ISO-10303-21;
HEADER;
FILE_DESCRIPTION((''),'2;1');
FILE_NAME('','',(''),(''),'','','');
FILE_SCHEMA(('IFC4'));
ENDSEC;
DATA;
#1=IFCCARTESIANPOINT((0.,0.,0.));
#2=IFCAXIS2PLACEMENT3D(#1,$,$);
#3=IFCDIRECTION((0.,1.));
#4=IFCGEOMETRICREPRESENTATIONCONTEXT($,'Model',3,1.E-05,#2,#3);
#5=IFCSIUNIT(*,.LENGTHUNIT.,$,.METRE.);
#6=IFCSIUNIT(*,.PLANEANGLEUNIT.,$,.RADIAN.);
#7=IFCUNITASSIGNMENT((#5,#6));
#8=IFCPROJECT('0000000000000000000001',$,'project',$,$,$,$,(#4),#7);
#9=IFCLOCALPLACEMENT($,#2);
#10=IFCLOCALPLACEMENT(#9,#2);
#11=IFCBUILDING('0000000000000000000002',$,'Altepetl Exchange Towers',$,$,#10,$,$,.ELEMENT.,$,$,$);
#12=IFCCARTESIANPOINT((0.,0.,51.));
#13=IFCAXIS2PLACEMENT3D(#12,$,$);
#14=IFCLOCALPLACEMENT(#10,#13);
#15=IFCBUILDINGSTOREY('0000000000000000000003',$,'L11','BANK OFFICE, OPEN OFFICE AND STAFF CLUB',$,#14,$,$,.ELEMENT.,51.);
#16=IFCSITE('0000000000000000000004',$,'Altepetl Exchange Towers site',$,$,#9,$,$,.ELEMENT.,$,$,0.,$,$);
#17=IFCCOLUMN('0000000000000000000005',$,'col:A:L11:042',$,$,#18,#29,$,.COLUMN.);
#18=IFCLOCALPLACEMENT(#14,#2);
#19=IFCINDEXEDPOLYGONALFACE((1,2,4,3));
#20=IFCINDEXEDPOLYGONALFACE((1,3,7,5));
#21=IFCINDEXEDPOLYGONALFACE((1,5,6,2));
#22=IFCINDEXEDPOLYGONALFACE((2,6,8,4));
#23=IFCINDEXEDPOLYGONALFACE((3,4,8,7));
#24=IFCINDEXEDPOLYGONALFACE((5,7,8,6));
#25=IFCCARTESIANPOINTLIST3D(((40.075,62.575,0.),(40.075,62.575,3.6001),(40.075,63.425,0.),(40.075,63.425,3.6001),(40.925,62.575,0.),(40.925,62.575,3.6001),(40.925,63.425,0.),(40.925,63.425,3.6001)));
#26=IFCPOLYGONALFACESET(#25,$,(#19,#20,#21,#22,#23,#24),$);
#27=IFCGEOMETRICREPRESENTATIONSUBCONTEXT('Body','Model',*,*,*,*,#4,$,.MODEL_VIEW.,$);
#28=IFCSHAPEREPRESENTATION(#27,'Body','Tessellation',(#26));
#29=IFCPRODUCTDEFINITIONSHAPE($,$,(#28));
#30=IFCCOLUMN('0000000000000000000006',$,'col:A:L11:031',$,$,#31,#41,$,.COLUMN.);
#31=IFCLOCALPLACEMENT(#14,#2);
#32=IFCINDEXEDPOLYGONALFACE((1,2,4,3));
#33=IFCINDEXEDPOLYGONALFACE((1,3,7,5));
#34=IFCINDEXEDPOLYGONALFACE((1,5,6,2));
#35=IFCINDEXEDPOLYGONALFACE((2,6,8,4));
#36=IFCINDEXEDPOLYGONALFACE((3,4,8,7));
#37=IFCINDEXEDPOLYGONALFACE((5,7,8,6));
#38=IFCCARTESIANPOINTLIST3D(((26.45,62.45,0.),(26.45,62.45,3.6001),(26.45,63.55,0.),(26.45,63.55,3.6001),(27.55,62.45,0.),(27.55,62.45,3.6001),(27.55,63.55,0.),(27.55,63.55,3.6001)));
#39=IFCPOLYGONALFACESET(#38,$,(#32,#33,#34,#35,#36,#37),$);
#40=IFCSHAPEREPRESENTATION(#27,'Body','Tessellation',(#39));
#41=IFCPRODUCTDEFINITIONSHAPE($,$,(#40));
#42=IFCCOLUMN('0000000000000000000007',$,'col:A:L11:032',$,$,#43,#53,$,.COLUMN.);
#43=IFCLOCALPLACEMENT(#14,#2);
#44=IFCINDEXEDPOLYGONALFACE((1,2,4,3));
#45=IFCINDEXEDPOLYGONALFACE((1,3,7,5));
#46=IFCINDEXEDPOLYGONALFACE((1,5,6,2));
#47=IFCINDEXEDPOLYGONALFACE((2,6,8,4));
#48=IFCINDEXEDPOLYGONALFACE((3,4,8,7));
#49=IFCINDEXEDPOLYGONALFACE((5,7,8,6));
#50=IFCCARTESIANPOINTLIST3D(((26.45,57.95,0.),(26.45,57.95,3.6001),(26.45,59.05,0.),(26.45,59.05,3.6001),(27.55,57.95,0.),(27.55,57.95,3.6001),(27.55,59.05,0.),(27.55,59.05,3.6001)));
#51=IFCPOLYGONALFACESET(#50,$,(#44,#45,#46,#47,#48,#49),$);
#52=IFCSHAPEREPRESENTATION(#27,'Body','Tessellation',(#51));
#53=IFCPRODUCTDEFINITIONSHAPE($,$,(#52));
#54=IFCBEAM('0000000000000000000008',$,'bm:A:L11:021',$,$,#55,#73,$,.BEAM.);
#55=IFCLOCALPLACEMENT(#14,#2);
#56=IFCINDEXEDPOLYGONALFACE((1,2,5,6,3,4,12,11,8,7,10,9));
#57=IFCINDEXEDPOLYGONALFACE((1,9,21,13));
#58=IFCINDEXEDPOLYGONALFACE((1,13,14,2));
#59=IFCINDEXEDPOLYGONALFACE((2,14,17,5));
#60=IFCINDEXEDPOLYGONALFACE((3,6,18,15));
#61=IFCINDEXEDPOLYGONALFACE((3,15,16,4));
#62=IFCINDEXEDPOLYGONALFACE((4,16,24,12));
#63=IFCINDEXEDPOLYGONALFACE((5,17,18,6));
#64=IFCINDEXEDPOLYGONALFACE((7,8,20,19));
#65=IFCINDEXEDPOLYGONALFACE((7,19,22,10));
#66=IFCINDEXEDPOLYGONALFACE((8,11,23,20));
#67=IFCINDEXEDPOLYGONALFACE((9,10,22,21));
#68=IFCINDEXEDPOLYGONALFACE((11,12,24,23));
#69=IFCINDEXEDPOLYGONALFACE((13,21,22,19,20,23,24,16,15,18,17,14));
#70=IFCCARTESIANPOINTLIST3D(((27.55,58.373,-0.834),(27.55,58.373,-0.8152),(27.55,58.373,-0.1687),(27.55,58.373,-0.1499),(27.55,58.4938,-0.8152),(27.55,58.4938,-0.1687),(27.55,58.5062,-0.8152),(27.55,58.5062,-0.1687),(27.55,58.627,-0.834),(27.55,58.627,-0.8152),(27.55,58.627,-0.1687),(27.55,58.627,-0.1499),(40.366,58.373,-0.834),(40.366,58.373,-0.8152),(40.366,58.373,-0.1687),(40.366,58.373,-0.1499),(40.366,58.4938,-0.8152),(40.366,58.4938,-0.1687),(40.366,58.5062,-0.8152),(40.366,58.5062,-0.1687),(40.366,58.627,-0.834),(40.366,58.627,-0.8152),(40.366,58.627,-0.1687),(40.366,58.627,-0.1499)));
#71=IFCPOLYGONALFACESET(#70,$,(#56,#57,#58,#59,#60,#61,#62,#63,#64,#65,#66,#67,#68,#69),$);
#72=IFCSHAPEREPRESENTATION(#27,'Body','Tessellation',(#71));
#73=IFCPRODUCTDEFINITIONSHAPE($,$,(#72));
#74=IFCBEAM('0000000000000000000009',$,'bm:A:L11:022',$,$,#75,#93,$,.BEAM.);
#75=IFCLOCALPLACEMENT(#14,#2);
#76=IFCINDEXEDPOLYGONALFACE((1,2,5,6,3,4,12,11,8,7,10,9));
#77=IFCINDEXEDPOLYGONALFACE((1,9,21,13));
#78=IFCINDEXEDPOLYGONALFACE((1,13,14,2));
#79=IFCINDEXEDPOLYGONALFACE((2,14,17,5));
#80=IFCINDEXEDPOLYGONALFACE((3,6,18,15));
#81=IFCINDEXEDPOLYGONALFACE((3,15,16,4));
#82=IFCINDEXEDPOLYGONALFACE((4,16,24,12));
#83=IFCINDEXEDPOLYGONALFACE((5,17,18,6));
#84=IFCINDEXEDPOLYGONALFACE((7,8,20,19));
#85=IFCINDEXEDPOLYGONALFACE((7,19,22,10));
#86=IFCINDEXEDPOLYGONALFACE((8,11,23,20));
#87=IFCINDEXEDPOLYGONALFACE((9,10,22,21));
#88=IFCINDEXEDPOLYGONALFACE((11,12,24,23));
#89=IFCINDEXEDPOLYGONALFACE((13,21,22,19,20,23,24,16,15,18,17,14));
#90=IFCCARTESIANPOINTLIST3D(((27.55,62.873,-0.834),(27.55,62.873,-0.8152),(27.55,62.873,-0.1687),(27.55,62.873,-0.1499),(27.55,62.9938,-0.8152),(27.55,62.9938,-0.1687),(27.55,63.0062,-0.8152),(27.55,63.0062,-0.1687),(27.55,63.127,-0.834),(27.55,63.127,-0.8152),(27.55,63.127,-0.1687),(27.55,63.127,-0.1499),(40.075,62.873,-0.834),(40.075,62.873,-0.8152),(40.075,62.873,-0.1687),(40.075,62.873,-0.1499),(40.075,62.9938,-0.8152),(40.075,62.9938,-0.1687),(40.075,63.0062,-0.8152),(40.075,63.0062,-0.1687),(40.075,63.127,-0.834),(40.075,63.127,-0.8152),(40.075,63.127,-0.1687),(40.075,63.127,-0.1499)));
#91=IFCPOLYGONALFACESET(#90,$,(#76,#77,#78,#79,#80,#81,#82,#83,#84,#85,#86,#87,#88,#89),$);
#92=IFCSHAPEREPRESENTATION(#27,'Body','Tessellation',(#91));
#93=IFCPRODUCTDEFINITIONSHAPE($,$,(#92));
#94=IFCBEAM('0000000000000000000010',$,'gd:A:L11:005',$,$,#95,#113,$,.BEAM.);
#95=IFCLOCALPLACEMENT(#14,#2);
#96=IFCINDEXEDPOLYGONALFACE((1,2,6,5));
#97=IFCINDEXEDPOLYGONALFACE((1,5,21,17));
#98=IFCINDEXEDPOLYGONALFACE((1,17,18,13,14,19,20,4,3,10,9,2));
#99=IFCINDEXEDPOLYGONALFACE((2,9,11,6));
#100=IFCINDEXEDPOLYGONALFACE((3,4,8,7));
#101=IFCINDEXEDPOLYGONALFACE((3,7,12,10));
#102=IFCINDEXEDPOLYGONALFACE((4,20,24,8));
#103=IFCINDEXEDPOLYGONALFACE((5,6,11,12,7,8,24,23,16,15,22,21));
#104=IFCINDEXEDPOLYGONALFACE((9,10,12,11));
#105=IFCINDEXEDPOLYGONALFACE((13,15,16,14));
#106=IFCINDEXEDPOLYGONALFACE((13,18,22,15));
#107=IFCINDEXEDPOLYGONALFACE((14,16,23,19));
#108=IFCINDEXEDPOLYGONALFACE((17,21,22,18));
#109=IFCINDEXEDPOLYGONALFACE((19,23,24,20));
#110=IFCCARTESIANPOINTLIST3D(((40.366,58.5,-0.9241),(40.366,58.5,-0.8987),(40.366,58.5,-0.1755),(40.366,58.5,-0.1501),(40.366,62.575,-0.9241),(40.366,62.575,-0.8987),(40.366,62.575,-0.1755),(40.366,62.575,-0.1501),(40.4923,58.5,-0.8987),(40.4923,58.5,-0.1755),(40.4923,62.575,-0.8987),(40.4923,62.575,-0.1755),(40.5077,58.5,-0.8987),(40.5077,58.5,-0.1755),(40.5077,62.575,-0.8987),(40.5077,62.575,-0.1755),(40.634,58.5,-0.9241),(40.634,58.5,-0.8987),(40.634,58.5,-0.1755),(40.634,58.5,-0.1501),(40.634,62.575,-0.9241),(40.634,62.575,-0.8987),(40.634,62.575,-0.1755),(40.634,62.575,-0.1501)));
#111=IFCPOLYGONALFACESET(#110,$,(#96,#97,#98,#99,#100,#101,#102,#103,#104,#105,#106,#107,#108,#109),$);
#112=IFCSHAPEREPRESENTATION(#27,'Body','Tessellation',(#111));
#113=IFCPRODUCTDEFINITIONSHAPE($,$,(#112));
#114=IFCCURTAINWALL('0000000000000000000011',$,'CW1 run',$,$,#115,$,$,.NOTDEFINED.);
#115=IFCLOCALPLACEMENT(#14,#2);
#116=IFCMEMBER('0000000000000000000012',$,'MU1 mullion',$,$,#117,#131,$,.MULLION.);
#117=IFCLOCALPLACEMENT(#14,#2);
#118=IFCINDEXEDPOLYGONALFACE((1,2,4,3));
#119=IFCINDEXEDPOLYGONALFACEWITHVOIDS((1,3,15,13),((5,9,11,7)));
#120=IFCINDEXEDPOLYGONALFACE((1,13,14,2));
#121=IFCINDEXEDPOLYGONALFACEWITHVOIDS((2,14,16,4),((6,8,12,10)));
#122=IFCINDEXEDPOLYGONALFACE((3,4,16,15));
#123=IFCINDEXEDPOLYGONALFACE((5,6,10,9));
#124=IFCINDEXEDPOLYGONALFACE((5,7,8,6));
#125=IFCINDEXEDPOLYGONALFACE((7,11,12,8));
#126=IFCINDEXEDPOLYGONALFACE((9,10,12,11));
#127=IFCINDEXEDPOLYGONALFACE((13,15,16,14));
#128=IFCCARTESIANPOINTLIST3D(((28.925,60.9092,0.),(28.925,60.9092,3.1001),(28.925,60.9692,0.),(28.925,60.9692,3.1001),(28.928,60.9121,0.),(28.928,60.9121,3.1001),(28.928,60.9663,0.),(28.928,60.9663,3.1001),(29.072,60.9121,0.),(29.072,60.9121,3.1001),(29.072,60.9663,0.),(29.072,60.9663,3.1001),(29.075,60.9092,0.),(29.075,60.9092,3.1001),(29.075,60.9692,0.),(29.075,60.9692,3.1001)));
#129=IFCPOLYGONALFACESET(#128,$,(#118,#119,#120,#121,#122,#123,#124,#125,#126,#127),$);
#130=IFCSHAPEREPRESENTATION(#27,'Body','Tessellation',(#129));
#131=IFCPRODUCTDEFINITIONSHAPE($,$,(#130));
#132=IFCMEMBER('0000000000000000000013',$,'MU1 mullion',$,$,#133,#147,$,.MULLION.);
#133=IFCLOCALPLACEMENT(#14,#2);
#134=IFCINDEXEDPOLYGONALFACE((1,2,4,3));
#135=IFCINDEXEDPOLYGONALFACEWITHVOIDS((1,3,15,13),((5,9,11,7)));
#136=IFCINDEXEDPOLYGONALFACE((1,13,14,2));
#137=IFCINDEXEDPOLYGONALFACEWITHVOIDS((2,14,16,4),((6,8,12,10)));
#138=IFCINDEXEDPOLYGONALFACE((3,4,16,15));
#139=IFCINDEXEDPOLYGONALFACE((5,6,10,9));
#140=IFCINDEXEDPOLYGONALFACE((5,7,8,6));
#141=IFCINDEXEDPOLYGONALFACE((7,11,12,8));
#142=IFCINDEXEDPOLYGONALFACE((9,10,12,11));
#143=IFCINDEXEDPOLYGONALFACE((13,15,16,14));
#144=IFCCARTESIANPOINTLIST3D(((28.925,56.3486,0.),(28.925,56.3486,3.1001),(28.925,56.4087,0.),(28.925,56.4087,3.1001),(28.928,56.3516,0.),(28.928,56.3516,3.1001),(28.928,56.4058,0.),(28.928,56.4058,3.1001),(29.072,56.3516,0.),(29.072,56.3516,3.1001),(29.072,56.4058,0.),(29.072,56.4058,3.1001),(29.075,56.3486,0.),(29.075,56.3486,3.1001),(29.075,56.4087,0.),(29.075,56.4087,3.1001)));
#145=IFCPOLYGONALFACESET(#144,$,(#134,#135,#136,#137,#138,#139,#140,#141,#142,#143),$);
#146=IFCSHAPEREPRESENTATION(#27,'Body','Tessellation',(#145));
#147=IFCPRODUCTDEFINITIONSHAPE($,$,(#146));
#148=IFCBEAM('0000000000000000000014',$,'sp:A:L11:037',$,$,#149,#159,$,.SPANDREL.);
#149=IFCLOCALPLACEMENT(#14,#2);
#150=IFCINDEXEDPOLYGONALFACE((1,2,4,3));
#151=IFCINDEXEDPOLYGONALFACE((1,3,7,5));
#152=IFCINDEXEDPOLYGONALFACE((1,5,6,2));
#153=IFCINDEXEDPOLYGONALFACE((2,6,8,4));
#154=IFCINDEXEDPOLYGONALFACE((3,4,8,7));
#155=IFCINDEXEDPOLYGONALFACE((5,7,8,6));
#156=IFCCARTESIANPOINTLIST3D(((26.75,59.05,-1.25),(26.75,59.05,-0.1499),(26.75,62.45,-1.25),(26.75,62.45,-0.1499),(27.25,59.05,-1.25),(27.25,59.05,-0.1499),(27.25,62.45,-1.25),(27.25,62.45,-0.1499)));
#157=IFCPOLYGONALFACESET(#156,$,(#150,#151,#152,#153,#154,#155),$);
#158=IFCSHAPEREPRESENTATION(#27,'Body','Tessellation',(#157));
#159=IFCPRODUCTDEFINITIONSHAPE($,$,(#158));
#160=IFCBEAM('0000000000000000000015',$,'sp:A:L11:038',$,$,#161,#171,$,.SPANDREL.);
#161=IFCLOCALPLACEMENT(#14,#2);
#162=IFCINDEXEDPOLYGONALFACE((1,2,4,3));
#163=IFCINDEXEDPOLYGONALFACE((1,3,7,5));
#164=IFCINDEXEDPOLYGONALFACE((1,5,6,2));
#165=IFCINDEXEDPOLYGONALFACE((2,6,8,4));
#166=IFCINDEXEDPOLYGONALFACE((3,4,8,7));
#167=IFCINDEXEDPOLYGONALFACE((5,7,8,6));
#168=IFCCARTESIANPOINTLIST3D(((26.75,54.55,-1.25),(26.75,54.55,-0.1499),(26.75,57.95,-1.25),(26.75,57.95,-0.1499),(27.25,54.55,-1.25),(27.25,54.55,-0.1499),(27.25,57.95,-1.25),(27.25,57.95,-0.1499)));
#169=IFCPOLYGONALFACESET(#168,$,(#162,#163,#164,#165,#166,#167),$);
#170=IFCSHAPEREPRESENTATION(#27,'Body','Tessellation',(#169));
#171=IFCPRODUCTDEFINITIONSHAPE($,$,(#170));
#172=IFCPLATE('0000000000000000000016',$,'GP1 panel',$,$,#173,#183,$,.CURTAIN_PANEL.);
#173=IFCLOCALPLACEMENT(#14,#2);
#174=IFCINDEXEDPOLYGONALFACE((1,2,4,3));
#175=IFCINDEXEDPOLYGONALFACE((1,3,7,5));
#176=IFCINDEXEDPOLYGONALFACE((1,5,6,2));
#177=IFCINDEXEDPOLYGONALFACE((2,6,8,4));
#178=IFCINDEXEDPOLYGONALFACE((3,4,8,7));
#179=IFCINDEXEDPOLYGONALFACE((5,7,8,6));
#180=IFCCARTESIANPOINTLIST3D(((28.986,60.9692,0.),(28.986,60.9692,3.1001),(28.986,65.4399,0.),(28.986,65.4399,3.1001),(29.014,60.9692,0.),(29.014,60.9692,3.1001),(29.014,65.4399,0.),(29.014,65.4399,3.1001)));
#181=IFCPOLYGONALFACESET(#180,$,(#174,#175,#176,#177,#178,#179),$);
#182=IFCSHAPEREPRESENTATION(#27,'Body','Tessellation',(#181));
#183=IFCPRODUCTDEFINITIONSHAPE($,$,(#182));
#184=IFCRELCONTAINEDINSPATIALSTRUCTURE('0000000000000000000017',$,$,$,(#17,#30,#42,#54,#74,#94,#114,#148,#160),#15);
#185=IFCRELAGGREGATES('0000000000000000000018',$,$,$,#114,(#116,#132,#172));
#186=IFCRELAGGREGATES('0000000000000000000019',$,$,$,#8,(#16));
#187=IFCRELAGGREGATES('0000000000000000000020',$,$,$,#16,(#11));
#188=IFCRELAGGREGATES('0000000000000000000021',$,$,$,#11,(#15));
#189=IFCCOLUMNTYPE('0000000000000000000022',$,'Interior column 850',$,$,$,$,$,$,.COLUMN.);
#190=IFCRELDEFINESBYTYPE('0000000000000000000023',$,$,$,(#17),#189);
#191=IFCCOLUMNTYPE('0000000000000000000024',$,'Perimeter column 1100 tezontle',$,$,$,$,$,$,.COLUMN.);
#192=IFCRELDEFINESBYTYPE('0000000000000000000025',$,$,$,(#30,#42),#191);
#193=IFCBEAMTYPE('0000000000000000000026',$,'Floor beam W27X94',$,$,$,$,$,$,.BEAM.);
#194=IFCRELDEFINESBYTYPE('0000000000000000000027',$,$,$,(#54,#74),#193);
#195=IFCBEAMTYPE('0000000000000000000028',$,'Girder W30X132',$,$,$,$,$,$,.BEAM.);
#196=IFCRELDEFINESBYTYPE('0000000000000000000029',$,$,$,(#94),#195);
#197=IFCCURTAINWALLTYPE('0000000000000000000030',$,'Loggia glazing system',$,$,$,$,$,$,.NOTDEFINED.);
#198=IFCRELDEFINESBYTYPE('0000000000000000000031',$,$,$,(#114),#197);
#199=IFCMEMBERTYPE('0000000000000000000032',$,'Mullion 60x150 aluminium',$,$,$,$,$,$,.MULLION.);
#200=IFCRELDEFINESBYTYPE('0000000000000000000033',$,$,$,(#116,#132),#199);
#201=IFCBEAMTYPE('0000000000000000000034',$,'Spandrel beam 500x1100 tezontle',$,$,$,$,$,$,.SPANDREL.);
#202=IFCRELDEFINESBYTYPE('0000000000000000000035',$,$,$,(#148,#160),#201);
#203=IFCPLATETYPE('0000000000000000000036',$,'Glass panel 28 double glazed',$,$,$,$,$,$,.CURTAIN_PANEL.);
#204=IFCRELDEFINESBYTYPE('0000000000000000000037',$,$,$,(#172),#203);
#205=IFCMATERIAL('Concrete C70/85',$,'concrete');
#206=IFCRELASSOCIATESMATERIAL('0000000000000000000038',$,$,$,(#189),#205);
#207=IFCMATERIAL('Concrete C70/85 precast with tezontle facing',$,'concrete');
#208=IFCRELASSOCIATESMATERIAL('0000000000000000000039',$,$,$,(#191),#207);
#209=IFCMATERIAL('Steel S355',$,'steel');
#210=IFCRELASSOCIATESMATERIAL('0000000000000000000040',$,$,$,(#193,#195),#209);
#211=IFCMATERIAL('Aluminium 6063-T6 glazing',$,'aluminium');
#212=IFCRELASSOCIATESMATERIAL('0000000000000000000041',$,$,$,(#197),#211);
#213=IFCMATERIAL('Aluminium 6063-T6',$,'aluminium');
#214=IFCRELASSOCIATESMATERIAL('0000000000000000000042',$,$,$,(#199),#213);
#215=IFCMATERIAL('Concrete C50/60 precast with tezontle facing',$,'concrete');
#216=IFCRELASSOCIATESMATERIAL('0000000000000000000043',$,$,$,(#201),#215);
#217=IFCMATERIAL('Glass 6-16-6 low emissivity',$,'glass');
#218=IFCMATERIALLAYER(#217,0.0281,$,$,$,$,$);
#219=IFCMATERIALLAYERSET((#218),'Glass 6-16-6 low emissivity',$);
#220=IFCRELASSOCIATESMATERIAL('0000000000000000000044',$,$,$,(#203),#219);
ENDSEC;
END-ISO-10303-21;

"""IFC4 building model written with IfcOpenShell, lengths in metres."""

from ifc_helpers import new_model, si_unit, direction, frame, origin, origin_2d, place, context, subcontext, project, spatial, rectangle, hollow_rectangle, i_section, extrude, material, layer, layer_set, material_profile, profile_set, type_object, element, aggregate, save


model = new_model("IFC4")

# Units and contexts
model_context = context("Model", 3, precision=1e-05, world=origin(), true_north=direction((0.0, 1.0)))
body_context = subcontext(model_context, "Body", "Model", "MODEL_VIEW")
ifc_project = project(units=[si_unit("LENGTHUNIT", "METRE"), si_unit("PLANEANGLEUNIT", "RADIAN")], contexts=[model_context])

# Site, building, storey
site_placement = place(None, origin())
site = spatial("IfcSite", under=ifc_project, at=site_placement, Name="Altepetl Exchange Towers site", CompositionType="ELEMENT", RefElevation=0.0)
building_placement = place(site_placement, origin())
building = spatial("IfcBuilding", under=site, at=building_placement, Name="Altepetl Exchange Towers", CompositionType="ELEMENT")
storey_placement = place(building_placement, frame((0.0, 0.0, 51.0)))
storey = spatial("IfcBuildingStorey", under=building, at=storey_placement, Name="L11", Description="BANK OFFICE, OPEN OFFICE AND STAFF CLUB", CompositionType="ELEMENT", Elevation=51.0)

# Columns
ifc_material_1 = material(Name="Concrete C70/85", Category="concrete")
ifc_material_profile_1 = material_profile(ifc_material_1, rectangle(XDim=0.8501, YDim=0.8501, at=origin_2d()), Name="850 x 850")
ifc_profile_set_1 = profile_set([ifc_material_profile_1], Name="Concrete C70/85")
column_type_1 = type_object("IfcColumnType", Name="Interior column 850", PredefinedType="COLUMN", material=ifc_profile_set_1)
column_placement = place(storey_placement, frame((40.5, 63.0, 0.0)))
element("IfcColumn", 1, at=column_placement, inside=storey, type_object=column_type_1, Name="col:A:L11:042", PredefinedType="COLUMN", context=body_context, shape_type="SweptSolid", body=[
    extrude(rectangle(XDim=0.8501, YDim=0.8501, at=origin_2d()), origin(), (0.0, 0.0, 1.0), 3.6001),
])
ifc_material_2 = material(Name="Concrete C70/85 precast with tezontle facing", Category="concrete")
ifc_material_profile_2 = material_profile(ifc_material_2, rectangle(XDim=1.1001, YDim=1.1001, at=origin_2d()), Name="1100 x 1100")
ifc_profile_set_2 = profile_set([ifc_material_profile_2], Name="Concrete C70/85 precast with tezontle facing")
column_type_2 = type_object("IfcColumnType", Name="Perimeter column 1100 tezontle", PredefinedType="COLUMN", material=ifc_profile_set_2)
for number, where, name in (
    (2, (27.0, 63.0, 0.0), "col:A:L11:031"),
    (3, (27.0, 58.5, 0.0), "col:A:L11:032"),
):
    element("IfcColumn", number, at=place(storey_placement, frame(where)), inside=storey, type_object=column_type_2, Name=name, PredefinedType="COLUMN", context=body_context, shape_type="SweptSolid", body=[
        extrude(rectangle(XDim=1.1001, YDim=1.1001, at=origin_2d()), origin(), (0.0, 0.0, 1.0), 3.6001),
    ])

# Beams
ifc_material_3 = material(Name="Steel S355", Category="steel")
ifc_material_profile_3 = material_profile(ifc_material_3, i_section(OverallWidth=0.2539, OverallDepth=0.6841, WebThickness=0.0125, FlangeThickness=0.0188, at=origin_2d()), Name="W27X94")
ifc_profile_set_3 = profile_set([ifc_material_profile_3], Name="Steel S355")
beam_type_1 = type_object("IfcBeamType", Name="Floor beam W27X94", PredefinedType="BEAM", material=ifc_profile_set_3)
beam_1_placement = place(storey_placement, frame((27.55, 58.5, -0.4919), z_axis=(1.0, 0.0, 0.0), x_axis=(0.0, 1.0, 0.0)))
element("IfcBeam", 4, at=beam_1_placement, inside=storey, type_object=beam_type_1, Name="bm:A:L11:021", PredefinedType="BEAM", context=body_context, shape_type="SweptSolid", body=[
    extrude(i_section(OverallWidth=0.2539, OverallDepth=0.6841, WebThickness=0.0125, FlangeThickness=0.0188, at=origin_2d()), origin(), (0.0, 0.0, 1.0), 12.8159),
])
beam_2_placement = place(storey_placement, frame((27.55, 63.0, -0.4919), z_axis=(1.0, 0.0, 0.0), x_axis=(0.0, 1.0, 0.0)))
element("IfcBeam", 5, at=beam_2_placement, inside=storey, type_object=beam_type_1, Name="bm:A:L11:022", PredefinedType="BEAM", context=body_context, shape_type="SweptSolid", body=[
    extrude(i_section(OverallWidth=0.2539, OverallDepth=0.6841, WebThickness=0.0125, FlangeThickness=0.0188, at=origin_2d()), origin(), (0.0, 0.0, 1.0), 12.5249),
])
ifc_material_profile_4 = material_profile(ifc_material_3, i_section(OverallWidth=0.2681, OverallDepth=0.7739, WebThickness=0.0154, FlangeThickness=0.0254, at=origin_2d()), Name="W30X132")
ifc_profile_set_4 = profile_set([ifc_material_profile_4], Name="Steel S355")
beam_type_2 = type_object("IfcBeamType", Name="Girder W30X132", PredefinedType="BEAM", material=ifc_profile_set_4)
beam_3_placement = place(storey_placement, frame((40.5, 62.575, -0.5371), z_axis=(0.0, -1.0, 0.0), x_axis=(1.0, 0.0, 0.0)))
element("IfcBeam", 6, at=beam_3_placement, inside=storey, type_object=beam_type_2, Name="gd:A:L11:005", PredefinedType="BEAM", context=body_context, shape_type="SweptSolid", body=[
    extrude(i_section(OverallWidth=0.2681, OverallDepth=0.7739, WebThickness=0.0154, FlangeThickness=0.0254, at=origin_2d()), origin(), (0.0, 0.0, 1.0), 4.075),
])

# Curtain wall, members
ifc_material_4 = material(Name="Aluminium 6063-T6 glazing", Category="aluminium")
curtain_wall_type = type_object("IfcCurtainWallType", Name="Loggia glazing system", PredefinedType="NOTDEFINED", material=ifc_material_4)
curtain_wall_placement = place(storey_placement, origin())
curtain_wall = element("IfcCurtainWall", 7, at=curtain_wall_placement, inside=storey, type_object=curtain_wall_type, Name="CW1 run", PredefinedType="NOTDEFINED")
ifc_material_5 = material(Name="Aluminium 6063-T6", Category="aluminium")
ifc_material_profile_5 = material_profile(ifc_material_5, hollow_rectangle(XDim=0.0601, YDim=0.1499, WallThickness=0.0029, at=origin_2d()), Name="Mullion 60x150 aluminium")
ifc_profile_set_5 = profile_set([ifc_material_profile_5], Name="Aluminium 6063-T6")
member_type = type_object("IfcMemberType", Name="Mullion 60x150 aluminium", PredefinedType="MULLION", material=ifc_profile_set_5)
member_1_placement = place(storey_placement, frame((29.0, 60.9392, 0.0), z_axis=(0.0, 0.0, 1.0), x_axis=(0.0, -1.0, 0.0)))
member_1 = element("IfcMember", 8, at=member_1_placement, type_object=member_type, Name="MU1 mullion", PredefinedType="MULLION", context=body_context, shape_type="SweptSolid", body=[
    extrude(hollow_rectangle(XDim=0.0601, YDim=0.1499, WallThickness=0.0029, at=origin_2d()), origin(), (0.0, 0.0, 1.0), 3.1001),
])
member_2_placement = place(storey_placement, frame((29.0, 56.3787, 0.0), z_axis=(0.0, 0.0, 1.0), x_axis=(0.0, -1.0, 0.0)))
member_2 = element("IfcMember", 9, at=member_2_placement, type_object=member_type, Name="MU1 mullion", PredefinedType="MULLION", context=body_context, shape_type="SweptSolid", body=[
    extrude(hollow_rectangle(XDim=0.0601, YDim=0.1499, WallThickness=0.0029, at=origin_2d()), origin(), (0.0, 0.0, 1.0), 3.1001),
])

# Beams
ifc_material_6 = material(Name="Concrete C50/60 precast with tezontle facing", Category="concrete")
ifc_material_profile_6 = material_profile(ifc_material_6, rectangle(XDim=0.5, YDim=1.1001, at=origin_2d()), Name="500 x 1100")
ifc_profile_set_6 = profile_set([ifc_material_profile_6], Name="Concrete C50/60 precast with tezontle facing")
beam_type_3 = type_object("IfcBeamType", Name="Spandrel beam 500x1100 tezontle", PredefinedType="SPANDREL", material=ifc_profile_set_6)
for number, where, z_axis, x_axis, name in (
    (10, (27.0, 62.45, -0.7), (0.0, -1.0, 0.0), (1.0, 0.0, 0.0), "sp:A:L11:037"),
    (11, (27.0, 57.95, -0.7), (0.0, -1.0, 0.0), (1.0, 0.0, 0.0), "sp:A:L11:038"),
):
    element("IfcBeam", number, at=place(storey_placement, frame(where, z_axis=z_axis, x_axis=x_axis)), inside=storey, type_object=beam_type_3, Name=name, PredefinedType="SPANDREL", context=body_context, shape_type="SweptSolid", body=[
        extrude(rectangle(XDim=0.5, YDim=1.1001, at=origin_2d()), origin(), (0.0, 0.0, 1.0), 3.3999),
    ])

# Plate
ifc_material_7 = material(Name="Glass 6-16-6 low emissivity", Category="glass")
ifc_layer_1 = layer(ifc_material_7, 0.0281)
ifc_layer_set_1 = layer_set([ifc_layer_1], Name="Glass 6-16-6 low emissivity")
plate_type = type_object("IfcPlateType", Name="Glass panel 28 double glazed", PredefinedType="CURTAIN_PANEL", material=ifc_layer_set_1)
plate_1_placement = place(storey_placement, frame((29.0, 63.2046, 0.0), z_axis=(0.0, 0.0, 1.0), x_axis=(0.0, -1.0, 0.0)))
plate_1 = element("IfcPlate", 12, at=plate_1_placement, type_object=plate_type, Name="GP1 panel", PredefinedType="CURTAIN_PANEL", context=body_context, shape_type="SweptSolid", body=[
    extrude(rectangle(XDim=4.4707, YDim=0.0281, at=origin_2d()), origin(), (0.0, 0.0, 1.0), 3.1001),
])
aggregate(curtain_wall, [member_1, member_2, plate_1])

save(model, "model.ifc")
